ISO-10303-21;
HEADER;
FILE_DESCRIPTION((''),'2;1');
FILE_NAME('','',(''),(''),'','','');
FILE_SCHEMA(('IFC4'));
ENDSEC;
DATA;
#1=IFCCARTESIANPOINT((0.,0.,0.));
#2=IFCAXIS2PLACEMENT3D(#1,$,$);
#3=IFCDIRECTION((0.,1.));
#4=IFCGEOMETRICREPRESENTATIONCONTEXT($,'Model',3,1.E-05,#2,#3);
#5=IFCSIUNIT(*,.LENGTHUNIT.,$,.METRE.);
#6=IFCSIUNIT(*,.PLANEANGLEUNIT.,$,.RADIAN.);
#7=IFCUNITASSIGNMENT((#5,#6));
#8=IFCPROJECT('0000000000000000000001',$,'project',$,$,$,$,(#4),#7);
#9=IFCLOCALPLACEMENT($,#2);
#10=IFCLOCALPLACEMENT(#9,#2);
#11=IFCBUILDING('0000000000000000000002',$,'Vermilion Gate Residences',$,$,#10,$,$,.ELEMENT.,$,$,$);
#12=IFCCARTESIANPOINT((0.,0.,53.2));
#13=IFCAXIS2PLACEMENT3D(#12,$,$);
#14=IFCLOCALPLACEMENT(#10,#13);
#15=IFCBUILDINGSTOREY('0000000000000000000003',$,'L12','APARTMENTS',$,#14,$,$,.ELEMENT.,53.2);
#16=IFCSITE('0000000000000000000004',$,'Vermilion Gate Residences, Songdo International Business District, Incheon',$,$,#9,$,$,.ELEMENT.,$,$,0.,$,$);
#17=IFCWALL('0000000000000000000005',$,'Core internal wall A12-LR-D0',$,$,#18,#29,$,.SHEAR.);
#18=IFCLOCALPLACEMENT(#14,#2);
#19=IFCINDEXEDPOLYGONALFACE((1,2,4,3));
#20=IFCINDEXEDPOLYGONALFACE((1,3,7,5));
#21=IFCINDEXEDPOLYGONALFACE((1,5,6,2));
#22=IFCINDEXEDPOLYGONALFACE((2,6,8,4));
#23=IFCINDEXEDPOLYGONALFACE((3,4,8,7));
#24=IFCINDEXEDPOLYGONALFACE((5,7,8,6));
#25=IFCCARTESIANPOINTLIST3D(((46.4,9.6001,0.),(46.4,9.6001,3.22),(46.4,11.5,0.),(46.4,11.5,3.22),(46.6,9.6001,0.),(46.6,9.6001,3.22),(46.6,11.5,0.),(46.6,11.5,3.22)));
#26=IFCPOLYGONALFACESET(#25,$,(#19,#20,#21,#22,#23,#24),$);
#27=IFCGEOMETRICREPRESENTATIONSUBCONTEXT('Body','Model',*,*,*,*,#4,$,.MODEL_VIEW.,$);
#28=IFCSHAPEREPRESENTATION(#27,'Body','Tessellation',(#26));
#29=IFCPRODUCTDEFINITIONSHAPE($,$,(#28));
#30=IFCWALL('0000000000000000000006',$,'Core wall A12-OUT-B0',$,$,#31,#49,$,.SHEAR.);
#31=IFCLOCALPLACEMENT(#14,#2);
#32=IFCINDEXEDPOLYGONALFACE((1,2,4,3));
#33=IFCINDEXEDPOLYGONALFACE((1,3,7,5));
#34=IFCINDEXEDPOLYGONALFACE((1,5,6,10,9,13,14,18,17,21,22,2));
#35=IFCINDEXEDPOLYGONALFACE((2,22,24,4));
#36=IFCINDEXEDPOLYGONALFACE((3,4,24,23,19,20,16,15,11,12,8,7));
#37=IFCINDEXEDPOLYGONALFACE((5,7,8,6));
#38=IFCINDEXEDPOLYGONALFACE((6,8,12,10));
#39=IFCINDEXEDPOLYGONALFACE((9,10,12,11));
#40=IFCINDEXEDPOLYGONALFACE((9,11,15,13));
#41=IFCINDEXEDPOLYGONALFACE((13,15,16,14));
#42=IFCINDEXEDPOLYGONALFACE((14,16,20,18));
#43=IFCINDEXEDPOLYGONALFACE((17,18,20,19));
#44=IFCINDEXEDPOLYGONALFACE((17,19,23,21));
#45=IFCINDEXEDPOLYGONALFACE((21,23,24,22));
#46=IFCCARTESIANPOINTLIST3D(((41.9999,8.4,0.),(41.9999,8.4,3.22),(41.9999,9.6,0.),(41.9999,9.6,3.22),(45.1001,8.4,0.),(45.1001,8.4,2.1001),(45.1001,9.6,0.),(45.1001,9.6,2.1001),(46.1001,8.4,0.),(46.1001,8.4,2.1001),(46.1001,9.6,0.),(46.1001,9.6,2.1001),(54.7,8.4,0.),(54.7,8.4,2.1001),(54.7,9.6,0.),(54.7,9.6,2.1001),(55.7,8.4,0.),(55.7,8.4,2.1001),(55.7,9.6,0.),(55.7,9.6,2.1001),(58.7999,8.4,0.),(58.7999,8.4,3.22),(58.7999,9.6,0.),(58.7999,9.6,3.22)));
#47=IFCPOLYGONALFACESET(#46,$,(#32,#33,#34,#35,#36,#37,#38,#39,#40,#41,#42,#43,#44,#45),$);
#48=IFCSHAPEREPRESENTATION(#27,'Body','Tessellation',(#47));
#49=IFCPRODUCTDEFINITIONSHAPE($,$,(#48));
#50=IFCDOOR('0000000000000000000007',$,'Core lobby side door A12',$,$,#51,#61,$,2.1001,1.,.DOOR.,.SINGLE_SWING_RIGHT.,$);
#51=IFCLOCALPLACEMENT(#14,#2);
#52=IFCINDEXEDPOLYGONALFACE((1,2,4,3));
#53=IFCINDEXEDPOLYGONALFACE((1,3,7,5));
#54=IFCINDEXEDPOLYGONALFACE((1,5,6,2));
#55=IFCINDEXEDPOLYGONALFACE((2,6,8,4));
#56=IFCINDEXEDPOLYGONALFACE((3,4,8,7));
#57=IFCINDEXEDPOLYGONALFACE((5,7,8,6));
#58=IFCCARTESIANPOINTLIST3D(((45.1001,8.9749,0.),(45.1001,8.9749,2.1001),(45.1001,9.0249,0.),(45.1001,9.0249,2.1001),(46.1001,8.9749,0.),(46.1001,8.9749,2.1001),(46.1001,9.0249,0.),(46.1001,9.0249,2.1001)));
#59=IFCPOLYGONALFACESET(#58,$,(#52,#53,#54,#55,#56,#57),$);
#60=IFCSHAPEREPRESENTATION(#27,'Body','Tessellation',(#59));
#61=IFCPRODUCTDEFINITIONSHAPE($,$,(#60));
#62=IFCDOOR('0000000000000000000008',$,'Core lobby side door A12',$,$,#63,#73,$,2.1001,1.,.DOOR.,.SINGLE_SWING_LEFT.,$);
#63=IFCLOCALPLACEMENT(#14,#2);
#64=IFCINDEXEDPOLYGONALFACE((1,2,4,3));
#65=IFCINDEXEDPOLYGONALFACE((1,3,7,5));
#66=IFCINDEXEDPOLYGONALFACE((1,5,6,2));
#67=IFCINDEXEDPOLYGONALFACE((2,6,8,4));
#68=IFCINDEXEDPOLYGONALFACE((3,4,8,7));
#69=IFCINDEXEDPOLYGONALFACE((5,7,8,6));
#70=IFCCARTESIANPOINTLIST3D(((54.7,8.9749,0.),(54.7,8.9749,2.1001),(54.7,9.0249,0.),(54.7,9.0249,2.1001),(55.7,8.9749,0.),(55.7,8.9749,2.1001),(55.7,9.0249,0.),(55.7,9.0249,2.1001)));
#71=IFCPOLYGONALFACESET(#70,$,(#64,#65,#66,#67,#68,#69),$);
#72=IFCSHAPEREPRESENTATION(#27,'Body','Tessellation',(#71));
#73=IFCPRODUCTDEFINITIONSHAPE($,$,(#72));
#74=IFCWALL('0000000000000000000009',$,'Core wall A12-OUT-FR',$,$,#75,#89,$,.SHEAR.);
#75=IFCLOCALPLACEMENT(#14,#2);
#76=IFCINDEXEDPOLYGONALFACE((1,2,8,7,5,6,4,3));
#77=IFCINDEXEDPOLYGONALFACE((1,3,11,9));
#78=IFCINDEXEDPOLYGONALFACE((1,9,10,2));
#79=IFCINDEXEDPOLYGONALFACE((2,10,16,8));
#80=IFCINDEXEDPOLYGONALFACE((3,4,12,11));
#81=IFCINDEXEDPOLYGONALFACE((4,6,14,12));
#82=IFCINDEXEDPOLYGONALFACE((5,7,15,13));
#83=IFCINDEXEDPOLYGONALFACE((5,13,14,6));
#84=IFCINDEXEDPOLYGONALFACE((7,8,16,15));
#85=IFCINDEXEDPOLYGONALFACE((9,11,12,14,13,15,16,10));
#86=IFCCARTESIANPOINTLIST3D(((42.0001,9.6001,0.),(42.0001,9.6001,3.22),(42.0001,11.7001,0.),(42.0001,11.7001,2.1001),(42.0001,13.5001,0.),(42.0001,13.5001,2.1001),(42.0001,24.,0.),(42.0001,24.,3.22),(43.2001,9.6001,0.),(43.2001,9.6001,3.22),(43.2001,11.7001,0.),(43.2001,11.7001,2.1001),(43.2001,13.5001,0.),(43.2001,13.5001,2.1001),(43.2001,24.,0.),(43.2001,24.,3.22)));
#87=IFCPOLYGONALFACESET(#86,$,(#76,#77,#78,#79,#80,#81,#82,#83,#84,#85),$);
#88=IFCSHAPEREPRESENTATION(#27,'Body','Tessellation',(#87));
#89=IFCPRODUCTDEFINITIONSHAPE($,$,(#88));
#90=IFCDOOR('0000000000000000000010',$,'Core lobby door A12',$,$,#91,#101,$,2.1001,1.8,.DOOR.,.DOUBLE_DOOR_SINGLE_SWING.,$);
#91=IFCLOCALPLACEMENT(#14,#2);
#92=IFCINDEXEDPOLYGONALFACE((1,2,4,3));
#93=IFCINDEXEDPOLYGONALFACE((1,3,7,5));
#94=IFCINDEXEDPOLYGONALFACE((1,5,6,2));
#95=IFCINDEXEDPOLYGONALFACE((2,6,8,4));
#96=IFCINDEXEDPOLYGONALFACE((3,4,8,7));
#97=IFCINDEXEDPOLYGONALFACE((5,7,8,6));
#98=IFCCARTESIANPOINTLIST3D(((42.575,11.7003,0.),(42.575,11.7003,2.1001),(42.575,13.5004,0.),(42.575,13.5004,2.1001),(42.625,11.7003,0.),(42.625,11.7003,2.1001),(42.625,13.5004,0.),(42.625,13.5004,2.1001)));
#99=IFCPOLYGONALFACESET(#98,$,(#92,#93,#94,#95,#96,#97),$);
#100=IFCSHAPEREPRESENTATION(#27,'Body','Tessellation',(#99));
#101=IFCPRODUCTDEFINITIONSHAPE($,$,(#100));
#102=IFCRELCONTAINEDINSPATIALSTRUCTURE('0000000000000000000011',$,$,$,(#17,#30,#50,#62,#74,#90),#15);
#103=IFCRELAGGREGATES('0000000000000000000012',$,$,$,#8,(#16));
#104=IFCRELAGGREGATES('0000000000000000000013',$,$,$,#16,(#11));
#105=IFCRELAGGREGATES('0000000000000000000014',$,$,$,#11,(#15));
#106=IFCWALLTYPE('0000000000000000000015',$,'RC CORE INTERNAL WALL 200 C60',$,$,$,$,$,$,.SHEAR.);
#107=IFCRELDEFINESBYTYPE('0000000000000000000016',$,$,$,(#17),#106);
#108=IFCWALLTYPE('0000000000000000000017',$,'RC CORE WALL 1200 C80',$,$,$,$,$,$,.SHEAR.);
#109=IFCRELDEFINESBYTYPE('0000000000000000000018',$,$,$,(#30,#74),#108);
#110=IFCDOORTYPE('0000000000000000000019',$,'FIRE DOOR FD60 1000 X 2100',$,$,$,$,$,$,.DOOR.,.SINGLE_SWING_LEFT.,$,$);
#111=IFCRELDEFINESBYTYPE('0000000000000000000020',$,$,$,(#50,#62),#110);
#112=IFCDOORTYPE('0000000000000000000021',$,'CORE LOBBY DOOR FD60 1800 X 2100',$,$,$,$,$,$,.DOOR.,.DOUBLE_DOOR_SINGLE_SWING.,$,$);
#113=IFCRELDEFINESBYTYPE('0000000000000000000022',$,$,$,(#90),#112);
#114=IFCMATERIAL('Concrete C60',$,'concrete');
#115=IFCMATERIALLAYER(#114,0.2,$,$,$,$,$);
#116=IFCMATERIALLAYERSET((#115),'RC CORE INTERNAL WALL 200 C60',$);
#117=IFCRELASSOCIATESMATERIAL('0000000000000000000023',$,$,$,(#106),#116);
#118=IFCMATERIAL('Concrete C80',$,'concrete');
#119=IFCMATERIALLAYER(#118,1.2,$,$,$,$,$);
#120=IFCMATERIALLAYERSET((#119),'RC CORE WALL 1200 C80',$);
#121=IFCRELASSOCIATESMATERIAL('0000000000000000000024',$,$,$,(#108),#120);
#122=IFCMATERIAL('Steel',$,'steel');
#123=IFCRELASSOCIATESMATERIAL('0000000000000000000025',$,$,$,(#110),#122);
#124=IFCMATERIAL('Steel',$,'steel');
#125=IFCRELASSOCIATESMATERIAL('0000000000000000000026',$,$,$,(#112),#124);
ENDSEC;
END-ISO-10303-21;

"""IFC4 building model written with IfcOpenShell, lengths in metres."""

from ifc_helpers import new_model, si_unit, direction, frame, frame_2d, origin, place, context, subcontext, project, spatial, rectangle, extrude, material, layer, layer_set, type_object, element, fill, save


model = new_model("IFC4")

# Units and contexts
model_context = context("Model", 3, precision=1e-05, world=origin(), true_north=direction((0.0, 1.0)))
body_context = subcontext(model_context, "Body", "Model", "MODEL_VIEW")
ifc_project = project(units=[si_unit("LENGTHUNIT", "METRE"), si_unit("PLANEANGLEUNIT", "RADIAN")], contexts=[model_context])

# Site, building, storey
site_placement = place(None, origin())
site = spatial("IfcSite", under=ifc_project, at=site_placement, Name="Vermilion Gate Residences, Songdo International Business District, Incheon", CompositionType="ELEMENT", RefElevation=0.0)
building_placement = place(site_placement, origin())
building = spatial("IfcBuilding", under=site, at=building_placement, Name="Vermilion Gate Residences", CompositionType="ELEMENT")
storey_placement = place(building_placement, frame((0.0, 0.0, 53.2)))
storey = spatial("IfcBuildingStorey", under=building, at=storey_placement, Name="L12", Description="APARTMENTS", CompositionType="ELEMENT", Elevation=53.2)

# Wall
ifc_material_1 = material(Name="Concrete C60", Category="concrete")
ifc_layer_1 = layer(ifc_material_1, 0.2)
ifc_layer_set_1 = layer_set([ifc_layer_1], Name="RC CORE INTERNAL WALL 200 C60")
wall_type_1 = type_object("IfcWallType", Name="RC CORE INTERNAL WALL 200 C60", PredefinedType="SHEAR", material=ifc_layer_set_1)
wall_1_placement = place(storey_placement, frame((46.5, 9.6001, 0.0), z_axis=(0.0, 0.0, 1.0), x_axis=(0.0, 1.0, 0.0)))
element("IfcWall", 1, at=wall_1_placement, inside=storey, type_object=wall_type_1, Name="Core internal wall A12-LR-D0", PredefinedType="SHEAR", context=body_context, shape_type="SweptSolid", body=[
    extrude(rectangle(XDim=1.8999, YDim=0.2, at=frame_2d((0.95, 0.0))), origin(), (0.0, 0.0, 1.0), 3.22),
])

# Wall, openings, doors
ifc_material_2 = material(Name="Concrete C80", Category="concrete")
ifc_layer_2 = layer(ifc_material_2, 1.2)
ifc_layer_set_2 = layer_set([ifc_layer_2], Name="RC CORE WALL 1200 C80")
wall_type_2 = type_object("IfcWallType", Name="RC CORE WALL 1200 C80", PredefinedType="SHEAR", material=ifc_layer_set_2)
wall_2_placement = place(storey_placement, frame((42.0, 9.0, 0.0), z_axis=(0.0, 0.0, 1.0), x_axis=(1.0, 0.0, 0.0)))
wall_2 = element("IfcWall", 2, at=wall_2_placement, inside=storey, type_object=wall_type_2, Name="Core wall A12-OUT-B0", PredefinedType="SHEAR", context=body_context, shape_type="SweptSolid", body=[
    extrude(rectangle(XDim=16.8, YDim=1.2, at=frame_2d((8.3999, 0.0))), origin(), (0.0, 0.0, 1.0), 3.22),
])
opening_1_placement = place(wall_2_placement, frame((3.1001, 0.0, 0.0)))
opening_1 = element("IfcOpeningElement", 3, at=opening_1_placement, cuts=wall_2, PredefinedType="OPENING", context=body_context, shape_type="SweptSolid", body=[
    extrude(rectangle(XDim=1.0, YDim=2.1001, at=frame_2d((0.5, 1.05))), frame((0.0, 0.6099, 0.0), z_axis=(0.0, -1.0, 0.0), x_axis=(1.0, 0.0, 0.0)), (0.0, 0.0, 1.0), 1.22),
])
opening_2_placement = place(wall_2_placement, frame((12.7, 0.0, 0.0)))
opening_2 = element("IfcOpeningElement", 4, at=opening_2_placement, cuts=wall_2, PredefinedType="OPENING", context=body_context, shape_type="SweptSolid", body=[
    extrude(rectangle(XDim=1.0, YDim=2.1001, at=frame_2d((0.5, 1.05))), frame((0.0, 0.6099, 0.0), z_axis=(0.0, -1.0, 0.0), x_axis=(1.0, 0.0, 0.0)), (0.0, 0.0, 1.0), 1.22),
])
ifc_material_3 = material(Name="Steel", Category="steel")
door_type_1 = type_object("IfcDoorType", Name="FIRE DOOR FD60 1000 X 2100", OperationType="SINGLE_SWING_LEFT", PredefinedType="DOOR", material=ifc_material_3)
door_1_placement = place(opening_1_placement, origin())
door_1 = element("IfcDoor", 5, at=door_1_placement, inside=storey, type_object=door_type_1, Name="Core lobby side door A12", OperationType="SINGLE_SWING_RIGHT", OverallHeight=2.1001, OverallWidth=1.0, PredefinedType="DOOR", context=body_context, shape_type="SweptSolid", body=[
    extrude(rectangle(XDim=1.0, YDim=2.1001, at=frame_2d((0.5, 1.05))), frame((0.0, 0.0249, 0.0), z_axis=(0.0, -1.0, 0.0), x_axis=(1.0, 0.0, 0.0)), (0.0, 0.0, 1.0), 0.05),
])
fill(opening_1, door_1)
door_2_placement = place(opening_2_placement, origin())
door_2 = element("IfcDoor", 6, at=door_2_placement, inside=storey, type_object=door_type_1, Name="Core lobby side door A12", OperationType="SINGLE_SWING_LEFT", OverallHeight=2.1001, OverallWidth=1.0, PredefinedType="DOOR", context=body_context, shape_type="SweptSolid", body=[
    extrude(rectangle(XDim=1.0, YDim=2.1001, at=frame_2d((0.5, 1.05))), frame((0.0, 0.0249, 0.0), z_axis=(0.0, -1.0, 0.0), x_axis=(1.0, 0.0, 0.0)), (0.0, 0.0, 1.0), 0.05),
])
fill(opening_2, door_2)

# Wall, opening, door
wall_3_placement = place(storey_placement, frame((42.6001, 9.6001, 0.0), z_axis=(0.0, 0.0, 1.0), x_axis=(0.0, 1.0, 0.0)))
wall_3 = element("IfcWall", 7, at=wall_3_placement, inside=storey, type_object=wall_type_2, Name="Core wall A12-OUT-FR", PredefinedType="SHEAR", context=body_context, shape_type="SweptSolid", body=[
    extrude(rectangle(XDim=14.3999, YDim=1.2, at=frame_2d((7.2, 0.0))), origin(), (0.0, 0.0, 1.0), 3.22),
])
opening_3_placement = place(wall_3_placement, frame((2.1001, 0.0, 0.0)))
opening_3 = element("IfcOpeningElement", 8, at=opening_3_placement, cuts=wall_3, PredefinedType="OPENING", context=body_context, shape_type="SweptSolid", body=[
    extrude(rectangle(XDim=1.8, YDim=2.1001, at=frame_2d((0.8999, 1.05))), frame((0.0, 0.6099, 0.0), z_axis=(0.0, -1.0, 0.0), x_axis=(1.0, 0.0, 0.0)), (0.0, 0.0, 1.0), 1.22),
])
ifc_material_4 = material(Name="Steel", Category="steel")
door_type_2 = type_object("IfcDoorType", Name="CORE LOBBY DOOR FD60 1800 X 2100", OperationType="DOUBLE_DOOR_SINGLE_SWING", PredefinedType="DOOR", material=ifc_material_4)
door_3_placement = place(opening_3_placement, frame((1.8, 0.0, 0.0), z_axis=(0.0, 0.0, 1.0), x_axis=(-1.0, 0.0, 0.0)))
door_3 = element("IfcDoor", 9, at=door_3_placement, inside=storey, type_object=door_type_2, Name="Core lobby door A12", OperationType="DOUBLE_DOOR_SINGLE_SWING", OverallHeight=2.1001, OverallWidth=1.8, PredefinedType="DOOR", context=body_context, shape_type="SweptSolid", body=[
    extrude(rectangle(XDim=1.8, YDim=2.1001, at=frame_2d((0.8999, 1.05))), frame((0.0, 0.0249, 0.0), z_axis=(0.0, -1.0, 0.0), x_axis=(1.0, 0.0, 0.0)), (0.0, 0.0, 1.0), 0.05),
])
fill(opening_3, door_3)

save(model, "model.ifc")
